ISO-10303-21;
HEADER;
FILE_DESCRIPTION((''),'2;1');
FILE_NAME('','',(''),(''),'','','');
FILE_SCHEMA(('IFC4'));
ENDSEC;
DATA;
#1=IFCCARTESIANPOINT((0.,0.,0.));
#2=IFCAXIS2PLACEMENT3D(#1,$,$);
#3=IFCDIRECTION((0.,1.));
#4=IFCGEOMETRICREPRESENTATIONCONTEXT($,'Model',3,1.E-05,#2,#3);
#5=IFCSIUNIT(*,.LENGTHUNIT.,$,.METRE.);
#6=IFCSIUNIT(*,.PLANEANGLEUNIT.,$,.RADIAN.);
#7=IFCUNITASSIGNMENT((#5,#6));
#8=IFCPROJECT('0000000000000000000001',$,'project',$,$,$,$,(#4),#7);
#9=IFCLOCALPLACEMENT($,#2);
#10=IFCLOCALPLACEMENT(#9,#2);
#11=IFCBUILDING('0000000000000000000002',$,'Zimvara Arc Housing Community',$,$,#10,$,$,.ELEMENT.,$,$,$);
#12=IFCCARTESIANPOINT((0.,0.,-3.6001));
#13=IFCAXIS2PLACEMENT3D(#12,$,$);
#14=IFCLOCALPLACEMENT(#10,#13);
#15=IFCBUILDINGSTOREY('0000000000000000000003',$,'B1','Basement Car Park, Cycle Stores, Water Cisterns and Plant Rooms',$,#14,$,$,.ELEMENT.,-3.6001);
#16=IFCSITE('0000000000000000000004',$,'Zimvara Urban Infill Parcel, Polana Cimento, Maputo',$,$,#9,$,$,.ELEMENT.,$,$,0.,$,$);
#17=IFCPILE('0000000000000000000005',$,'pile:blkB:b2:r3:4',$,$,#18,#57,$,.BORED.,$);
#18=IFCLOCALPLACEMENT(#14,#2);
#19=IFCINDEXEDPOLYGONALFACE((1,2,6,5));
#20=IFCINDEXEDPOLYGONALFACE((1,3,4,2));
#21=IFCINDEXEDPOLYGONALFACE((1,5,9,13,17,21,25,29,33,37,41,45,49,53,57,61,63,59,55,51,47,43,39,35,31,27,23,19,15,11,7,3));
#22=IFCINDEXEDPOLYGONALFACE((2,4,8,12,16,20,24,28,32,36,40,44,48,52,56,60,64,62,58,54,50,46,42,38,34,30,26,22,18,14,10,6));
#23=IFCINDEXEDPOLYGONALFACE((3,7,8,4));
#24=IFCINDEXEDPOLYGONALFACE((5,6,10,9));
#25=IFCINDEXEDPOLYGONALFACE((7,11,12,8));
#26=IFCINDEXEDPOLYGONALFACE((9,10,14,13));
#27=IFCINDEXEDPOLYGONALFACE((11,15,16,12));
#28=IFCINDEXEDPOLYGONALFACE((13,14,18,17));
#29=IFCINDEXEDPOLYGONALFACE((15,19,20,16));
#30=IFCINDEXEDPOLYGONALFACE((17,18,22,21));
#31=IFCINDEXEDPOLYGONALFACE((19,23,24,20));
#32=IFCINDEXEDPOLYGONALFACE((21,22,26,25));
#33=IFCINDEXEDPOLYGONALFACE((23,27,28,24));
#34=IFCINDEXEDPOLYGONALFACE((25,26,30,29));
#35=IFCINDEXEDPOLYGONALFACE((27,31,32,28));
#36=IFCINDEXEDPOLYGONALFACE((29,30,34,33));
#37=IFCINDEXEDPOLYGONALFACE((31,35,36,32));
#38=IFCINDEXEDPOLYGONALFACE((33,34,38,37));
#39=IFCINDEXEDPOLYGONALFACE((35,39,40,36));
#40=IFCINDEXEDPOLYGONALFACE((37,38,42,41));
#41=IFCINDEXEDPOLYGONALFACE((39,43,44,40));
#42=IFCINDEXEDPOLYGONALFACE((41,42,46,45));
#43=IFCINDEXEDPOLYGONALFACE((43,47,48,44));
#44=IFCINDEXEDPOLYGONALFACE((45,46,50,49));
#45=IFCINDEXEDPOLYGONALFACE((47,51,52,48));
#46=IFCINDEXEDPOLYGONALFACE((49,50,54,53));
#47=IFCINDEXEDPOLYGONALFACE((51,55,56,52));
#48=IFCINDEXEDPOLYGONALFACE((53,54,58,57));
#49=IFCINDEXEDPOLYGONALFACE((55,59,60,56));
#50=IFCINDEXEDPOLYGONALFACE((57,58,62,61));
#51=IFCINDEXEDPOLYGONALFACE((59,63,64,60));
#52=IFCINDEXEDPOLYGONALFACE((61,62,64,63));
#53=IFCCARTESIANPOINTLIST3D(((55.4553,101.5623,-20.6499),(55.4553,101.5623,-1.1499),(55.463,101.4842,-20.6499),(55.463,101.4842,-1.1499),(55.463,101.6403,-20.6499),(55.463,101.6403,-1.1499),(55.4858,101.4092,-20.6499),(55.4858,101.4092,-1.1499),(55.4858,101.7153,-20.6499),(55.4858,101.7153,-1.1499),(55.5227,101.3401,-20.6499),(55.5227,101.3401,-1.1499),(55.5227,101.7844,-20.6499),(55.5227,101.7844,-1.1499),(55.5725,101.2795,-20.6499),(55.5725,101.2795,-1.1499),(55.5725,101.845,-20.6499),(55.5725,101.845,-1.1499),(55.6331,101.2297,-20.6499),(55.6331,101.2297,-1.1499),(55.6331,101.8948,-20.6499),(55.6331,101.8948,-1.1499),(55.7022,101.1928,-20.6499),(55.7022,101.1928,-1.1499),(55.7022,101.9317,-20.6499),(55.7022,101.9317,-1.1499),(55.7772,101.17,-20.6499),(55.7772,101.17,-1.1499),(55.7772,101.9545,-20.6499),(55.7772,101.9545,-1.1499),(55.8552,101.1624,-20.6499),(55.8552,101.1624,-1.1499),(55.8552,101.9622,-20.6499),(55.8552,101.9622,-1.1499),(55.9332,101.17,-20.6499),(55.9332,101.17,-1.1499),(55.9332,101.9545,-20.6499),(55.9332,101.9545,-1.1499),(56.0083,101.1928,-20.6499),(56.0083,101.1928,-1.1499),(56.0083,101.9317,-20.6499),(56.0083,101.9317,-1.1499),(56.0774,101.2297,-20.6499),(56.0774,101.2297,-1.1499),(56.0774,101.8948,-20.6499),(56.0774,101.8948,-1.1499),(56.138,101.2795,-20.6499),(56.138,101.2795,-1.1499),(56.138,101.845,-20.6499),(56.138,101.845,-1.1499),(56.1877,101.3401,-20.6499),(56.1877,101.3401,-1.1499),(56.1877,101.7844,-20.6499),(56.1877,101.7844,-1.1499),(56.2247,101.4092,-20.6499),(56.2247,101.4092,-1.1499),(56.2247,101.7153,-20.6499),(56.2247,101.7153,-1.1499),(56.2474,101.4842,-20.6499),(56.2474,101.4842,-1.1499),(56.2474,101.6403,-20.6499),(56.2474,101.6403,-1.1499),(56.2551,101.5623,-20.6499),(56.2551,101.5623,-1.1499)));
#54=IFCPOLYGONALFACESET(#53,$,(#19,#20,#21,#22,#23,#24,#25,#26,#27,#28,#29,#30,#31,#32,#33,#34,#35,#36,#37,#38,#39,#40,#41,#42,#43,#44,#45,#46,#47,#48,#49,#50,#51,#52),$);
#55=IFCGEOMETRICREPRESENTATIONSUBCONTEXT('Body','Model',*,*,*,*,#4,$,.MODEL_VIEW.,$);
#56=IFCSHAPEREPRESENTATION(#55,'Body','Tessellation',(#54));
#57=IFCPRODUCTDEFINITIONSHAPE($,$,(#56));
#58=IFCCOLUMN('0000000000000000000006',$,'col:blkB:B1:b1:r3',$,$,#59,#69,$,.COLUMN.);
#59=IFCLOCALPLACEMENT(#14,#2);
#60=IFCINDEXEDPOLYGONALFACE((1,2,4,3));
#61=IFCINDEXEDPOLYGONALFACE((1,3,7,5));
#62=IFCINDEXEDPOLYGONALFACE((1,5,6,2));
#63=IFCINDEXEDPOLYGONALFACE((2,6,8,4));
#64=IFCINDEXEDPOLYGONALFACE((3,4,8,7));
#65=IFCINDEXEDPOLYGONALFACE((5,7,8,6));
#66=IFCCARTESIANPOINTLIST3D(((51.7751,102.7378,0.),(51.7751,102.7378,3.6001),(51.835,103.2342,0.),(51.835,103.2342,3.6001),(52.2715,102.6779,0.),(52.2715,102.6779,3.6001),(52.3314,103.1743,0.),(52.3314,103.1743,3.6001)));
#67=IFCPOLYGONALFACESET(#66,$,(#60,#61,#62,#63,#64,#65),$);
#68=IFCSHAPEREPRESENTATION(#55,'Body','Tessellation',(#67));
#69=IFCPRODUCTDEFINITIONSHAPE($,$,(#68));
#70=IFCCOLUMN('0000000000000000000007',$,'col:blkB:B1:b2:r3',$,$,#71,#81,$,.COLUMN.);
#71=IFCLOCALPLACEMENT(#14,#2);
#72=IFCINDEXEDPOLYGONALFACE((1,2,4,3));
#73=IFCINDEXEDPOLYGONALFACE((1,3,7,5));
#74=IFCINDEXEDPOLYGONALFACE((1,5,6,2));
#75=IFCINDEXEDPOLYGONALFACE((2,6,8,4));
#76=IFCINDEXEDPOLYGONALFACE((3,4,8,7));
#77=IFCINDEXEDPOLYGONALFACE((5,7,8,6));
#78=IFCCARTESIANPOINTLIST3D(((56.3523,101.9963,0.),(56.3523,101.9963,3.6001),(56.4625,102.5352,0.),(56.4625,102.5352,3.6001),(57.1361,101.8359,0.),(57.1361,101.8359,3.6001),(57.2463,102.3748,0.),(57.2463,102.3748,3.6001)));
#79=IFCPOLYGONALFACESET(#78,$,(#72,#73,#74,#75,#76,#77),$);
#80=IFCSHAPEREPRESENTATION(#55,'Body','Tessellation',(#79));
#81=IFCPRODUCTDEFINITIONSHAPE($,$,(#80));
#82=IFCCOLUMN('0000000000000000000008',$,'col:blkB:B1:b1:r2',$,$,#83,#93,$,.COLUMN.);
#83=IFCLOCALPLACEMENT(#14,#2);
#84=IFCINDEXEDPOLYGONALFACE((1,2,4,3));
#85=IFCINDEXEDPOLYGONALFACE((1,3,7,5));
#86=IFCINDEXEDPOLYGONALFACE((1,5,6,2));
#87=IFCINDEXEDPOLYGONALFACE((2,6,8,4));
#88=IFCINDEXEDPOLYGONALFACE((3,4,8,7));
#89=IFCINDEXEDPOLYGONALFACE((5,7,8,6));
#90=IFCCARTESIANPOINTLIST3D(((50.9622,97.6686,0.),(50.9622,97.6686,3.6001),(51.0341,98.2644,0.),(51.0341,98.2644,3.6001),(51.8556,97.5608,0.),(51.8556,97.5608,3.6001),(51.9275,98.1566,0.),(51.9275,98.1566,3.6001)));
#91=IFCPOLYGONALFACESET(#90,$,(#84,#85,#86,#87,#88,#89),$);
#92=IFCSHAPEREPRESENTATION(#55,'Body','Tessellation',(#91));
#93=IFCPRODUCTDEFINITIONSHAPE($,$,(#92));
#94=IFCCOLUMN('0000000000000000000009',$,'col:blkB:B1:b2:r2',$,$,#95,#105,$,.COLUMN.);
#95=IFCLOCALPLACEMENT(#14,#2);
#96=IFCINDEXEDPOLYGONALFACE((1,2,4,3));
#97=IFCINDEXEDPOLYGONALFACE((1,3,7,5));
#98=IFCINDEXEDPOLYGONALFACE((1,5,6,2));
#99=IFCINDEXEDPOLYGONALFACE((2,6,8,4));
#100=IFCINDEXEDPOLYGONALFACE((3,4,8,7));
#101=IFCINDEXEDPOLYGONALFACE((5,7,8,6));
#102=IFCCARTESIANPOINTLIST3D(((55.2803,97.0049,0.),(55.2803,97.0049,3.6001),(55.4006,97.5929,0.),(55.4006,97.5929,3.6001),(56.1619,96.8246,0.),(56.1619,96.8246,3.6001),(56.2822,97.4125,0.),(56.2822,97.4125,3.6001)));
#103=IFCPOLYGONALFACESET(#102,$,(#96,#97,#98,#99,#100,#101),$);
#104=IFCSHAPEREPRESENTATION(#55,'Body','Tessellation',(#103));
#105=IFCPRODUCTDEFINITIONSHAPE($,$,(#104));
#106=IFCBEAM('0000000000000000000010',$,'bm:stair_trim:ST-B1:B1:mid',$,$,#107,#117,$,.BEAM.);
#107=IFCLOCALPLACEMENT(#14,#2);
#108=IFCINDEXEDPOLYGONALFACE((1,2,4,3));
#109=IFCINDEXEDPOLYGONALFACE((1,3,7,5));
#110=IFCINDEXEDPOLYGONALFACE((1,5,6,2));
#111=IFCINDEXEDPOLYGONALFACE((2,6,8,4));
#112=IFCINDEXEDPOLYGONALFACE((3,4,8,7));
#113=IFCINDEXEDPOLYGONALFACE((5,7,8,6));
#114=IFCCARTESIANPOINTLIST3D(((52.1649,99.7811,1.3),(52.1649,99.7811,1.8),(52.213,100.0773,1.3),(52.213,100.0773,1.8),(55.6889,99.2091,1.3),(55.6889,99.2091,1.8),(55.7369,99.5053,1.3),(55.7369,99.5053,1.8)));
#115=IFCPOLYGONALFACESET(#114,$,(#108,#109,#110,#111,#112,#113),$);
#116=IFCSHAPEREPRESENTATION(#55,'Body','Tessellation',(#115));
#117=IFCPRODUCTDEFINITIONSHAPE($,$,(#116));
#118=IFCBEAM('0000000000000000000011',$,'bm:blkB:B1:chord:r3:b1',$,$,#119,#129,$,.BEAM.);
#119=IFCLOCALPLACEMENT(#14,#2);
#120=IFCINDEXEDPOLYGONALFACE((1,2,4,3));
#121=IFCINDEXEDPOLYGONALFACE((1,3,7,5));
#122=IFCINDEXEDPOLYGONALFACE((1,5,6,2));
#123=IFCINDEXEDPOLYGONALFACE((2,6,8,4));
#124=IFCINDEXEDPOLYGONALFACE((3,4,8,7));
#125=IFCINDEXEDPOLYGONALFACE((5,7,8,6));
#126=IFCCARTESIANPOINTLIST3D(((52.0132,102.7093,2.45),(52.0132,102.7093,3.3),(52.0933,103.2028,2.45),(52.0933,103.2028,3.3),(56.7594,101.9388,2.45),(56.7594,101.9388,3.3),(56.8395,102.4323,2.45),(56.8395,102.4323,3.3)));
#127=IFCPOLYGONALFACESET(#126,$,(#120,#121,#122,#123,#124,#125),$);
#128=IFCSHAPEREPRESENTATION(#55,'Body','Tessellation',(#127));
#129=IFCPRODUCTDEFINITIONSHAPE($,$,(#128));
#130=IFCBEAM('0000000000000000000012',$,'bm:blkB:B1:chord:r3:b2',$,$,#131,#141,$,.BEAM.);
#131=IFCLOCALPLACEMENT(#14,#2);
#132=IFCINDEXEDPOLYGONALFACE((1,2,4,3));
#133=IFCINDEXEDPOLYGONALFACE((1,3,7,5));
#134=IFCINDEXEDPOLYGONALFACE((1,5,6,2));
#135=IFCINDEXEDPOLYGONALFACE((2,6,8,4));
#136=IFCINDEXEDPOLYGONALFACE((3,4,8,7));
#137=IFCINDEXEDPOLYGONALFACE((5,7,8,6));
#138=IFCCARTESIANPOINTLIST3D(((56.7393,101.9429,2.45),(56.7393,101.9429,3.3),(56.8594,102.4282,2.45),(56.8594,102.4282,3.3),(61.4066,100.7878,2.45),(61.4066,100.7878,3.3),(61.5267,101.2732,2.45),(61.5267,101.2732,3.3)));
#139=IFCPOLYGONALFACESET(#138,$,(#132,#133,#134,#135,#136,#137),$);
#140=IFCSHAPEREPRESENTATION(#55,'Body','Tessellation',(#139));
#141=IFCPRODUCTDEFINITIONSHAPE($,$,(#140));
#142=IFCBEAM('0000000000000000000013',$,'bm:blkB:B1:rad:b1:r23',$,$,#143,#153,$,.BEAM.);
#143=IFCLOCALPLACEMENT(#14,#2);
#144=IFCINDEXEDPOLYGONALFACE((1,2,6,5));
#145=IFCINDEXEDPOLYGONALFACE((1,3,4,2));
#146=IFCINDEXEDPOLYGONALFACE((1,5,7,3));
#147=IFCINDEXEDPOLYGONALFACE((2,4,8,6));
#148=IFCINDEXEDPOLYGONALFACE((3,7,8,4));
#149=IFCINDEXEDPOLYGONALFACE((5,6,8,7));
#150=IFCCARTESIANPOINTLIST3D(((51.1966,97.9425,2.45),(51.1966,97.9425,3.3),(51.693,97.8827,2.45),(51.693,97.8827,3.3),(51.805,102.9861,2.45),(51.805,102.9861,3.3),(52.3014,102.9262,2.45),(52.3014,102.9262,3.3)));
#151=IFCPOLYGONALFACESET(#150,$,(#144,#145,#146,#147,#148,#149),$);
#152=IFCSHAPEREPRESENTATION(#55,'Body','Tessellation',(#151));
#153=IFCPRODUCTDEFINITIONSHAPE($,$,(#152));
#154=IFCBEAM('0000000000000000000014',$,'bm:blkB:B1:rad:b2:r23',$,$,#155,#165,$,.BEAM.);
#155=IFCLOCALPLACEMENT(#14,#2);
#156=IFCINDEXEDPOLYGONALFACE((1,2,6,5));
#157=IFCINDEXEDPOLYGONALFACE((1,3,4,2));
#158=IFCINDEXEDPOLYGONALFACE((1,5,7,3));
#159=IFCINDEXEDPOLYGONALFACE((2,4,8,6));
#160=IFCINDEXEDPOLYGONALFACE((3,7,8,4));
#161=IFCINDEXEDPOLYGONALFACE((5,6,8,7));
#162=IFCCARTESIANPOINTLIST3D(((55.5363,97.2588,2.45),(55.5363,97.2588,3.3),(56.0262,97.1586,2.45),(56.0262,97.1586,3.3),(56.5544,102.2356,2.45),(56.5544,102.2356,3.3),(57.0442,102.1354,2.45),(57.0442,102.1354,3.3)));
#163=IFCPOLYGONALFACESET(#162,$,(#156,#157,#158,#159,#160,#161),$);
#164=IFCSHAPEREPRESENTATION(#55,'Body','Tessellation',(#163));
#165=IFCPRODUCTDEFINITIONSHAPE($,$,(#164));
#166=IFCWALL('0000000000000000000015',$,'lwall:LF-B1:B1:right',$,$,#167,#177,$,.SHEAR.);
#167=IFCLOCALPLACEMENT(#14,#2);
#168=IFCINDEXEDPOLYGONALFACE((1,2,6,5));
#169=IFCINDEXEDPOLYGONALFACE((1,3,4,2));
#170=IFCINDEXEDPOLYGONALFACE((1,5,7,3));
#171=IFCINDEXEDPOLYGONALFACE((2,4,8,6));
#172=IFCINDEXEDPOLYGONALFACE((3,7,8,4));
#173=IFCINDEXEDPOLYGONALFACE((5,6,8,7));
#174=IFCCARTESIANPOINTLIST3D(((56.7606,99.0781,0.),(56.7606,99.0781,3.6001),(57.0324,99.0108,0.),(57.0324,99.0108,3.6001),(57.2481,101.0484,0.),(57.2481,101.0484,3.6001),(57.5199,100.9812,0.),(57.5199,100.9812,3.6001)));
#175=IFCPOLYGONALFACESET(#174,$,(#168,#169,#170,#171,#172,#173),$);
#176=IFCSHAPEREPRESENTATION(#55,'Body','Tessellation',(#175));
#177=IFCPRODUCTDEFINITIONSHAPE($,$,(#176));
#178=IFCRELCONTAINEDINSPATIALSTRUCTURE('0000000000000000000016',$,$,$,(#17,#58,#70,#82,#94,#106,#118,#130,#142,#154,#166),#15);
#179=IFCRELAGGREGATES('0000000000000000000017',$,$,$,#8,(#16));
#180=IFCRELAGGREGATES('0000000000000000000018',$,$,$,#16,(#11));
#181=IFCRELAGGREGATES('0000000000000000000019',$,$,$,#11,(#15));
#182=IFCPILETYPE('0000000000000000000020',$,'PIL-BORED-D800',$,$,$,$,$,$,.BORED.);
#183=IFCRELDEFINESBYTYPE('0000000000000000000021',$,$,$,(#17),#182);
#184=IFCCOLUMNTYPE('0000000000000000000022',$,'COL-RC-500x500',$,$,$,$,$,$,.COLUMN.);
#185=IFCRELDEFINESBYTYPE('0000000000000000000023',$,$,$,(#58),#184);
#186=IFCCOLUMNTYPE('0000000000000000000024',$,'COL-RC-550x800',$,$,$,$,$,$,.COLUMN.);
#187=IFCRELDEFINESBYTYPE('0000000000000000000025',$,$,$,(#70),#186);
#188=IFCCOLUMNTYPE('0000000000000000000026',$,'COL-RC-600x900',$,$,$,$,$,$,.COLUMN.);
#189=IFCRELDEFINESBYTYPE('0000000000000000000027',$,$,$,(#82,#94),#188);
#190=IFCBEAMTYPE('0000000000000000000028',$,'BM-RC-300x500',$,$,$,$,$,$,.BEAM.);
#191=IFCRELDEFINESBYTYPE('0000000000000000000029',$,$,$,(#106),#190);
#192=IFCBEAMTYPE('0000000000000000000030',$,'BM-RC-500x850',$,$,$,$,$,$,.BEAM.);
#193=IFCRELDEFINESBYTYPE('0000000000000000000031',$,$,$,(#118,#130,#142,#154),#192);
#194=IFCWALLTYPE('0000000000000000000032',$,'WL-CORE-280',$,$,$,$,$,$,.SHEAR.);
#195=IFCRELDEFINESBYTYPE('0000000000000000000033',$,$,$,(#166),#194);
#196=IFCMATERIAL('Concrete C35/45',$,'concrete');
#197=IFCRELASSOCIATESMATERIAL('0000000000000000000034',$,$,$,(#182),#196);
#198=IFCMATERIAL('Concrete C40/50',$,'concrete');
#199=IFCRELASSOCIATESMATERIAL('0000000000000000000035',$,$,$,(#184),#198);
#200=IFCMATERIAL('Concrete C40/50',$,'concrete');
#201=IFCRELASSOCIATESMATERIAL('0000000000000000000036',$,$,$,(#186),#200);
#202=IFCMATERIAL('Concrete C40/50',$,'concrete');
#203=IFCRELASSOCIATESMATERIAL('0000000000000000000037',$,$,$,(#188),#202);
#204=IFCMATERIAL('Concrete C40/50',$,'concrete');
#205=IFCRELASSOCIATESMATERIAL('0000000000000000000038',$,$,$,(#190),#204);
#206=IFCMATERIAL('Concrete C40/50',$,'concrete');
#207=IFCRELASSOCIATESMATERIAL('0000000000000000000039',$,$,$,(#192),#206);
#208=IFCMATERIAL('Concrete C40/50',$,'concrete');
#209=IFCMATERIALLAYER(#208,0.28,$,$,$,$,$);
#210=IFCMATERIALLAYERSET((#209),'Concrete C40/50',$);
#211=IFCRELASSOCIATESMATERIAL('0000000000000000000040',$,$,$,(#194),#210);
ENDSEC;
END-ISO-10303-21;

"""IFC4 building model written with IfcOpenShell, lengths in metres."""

from ifc_helpers import new_model, si_unit, direction, frame, frame_2d, origin, origin_2d, place, context, subcontext, project, spatial, rectangle, circle, extrude, material, layer, layer_set, material_profile, profile_set, type_object, element, save


model = new_model("IFC4")

# Units and contexts
model_context = context("Model", 3, precision=1e-05, world=origin(), true_north=direction((0.0, 1.0)))
body_context = subcontext(model_context, "Body", "Model", "MODEL_VIEW")
ifc_project = project(units=[si_unit("LENGTHUNIT", "METRE"), si_unit("PLANEANGLEUNIT", "RADIAN")], contexts=[model_context])

# Site, building, storey
site_placement = place(None, origin())
site = spatial("IfcSite", under=ifc_project, at=site_placement, Name="Zimvara Urban Infill Parcel, Polana Cimento, Maputo", CompositionType="ELEMENT", RefElevation=0.0)
building_placement = place(site_placement, origin())
building = spatial("IfcBuilding", under=site, at=building_placement, Name="Zimvara Arc Housing Community", CompositionType="ELEMENT")
storey_placement = place(building_placement, frame((0.0, 0.0, -3.6001)))
storey = spatial("IfcBuildingStorey", under=building, at=storey_placement, Name="B1", Description="Basement Car Park, Cycle Stores, Water Cisterns and Plant Rooms", CompositionType="ELEMENT", Elevation=-3.6001)

# Pile
ifc_material_1 = material(Name="Concrete C35/45", Category="concrete")
ifc_material_profile_1 = material_profile(ifc_material_1, circle(Radius=0.3999, at=origin_2d()), Name="PILE D800")
ifc_profile_set_1 = profile_set([ifc_material_profile_1], Name="Concrete C35/45")
pile_type = type_object("IfcPileType", Name="PIL-BORED-D800", PredefinedType="BORED", material=ifc_profile_set_1)
for number, where, z_axis, x_axis, name in (
    (1, (55.8552, 101.5623, -1.1499), (0.0, 0.0, -1.0), (1.0, 0.0, 0.0), "pile:blkB:b2:r3:4"),
):
    element("IfcPile", number, at=place(storey_placement, frame(where, z_axis=z_axis, x_axis=x_axis)), inside=storey, type_object=pile_type, Name=name, PredefinedType="BORED", context=body_context, shape_type="SweptSolid", body=[
        extrude(circle(Radius=0.3999, at=origin_2d()), origin(), (0.0, 0.0, 1.0), 19.5),
    ])

# Columns
ifc_material_2 = material(Name="Concrete C40/50", Category="concrete")
ifc_material_profile_2 = material_profile(ifc_material_2, rectangle(XDim=0.5, YDim=0.5, at=origin_2d()), Name="RC 500x500")
ifc_profile_set_2 = profile_set([ifc_material_profile_2], Name="Concrete C40/50")
column_type_1 = type_object("IfcColumnType", Name="COL-RC-500x500", PredefinedType="COLUMN", material=ifc_profile_set_2)
column_1_placement = place(storey_placement, frame((52.0532, 102.9561, 0.0), z_axis=(0.0, 0.0, 1.0), x_axis=(0.11979, 0.992799, 0.0)))
element("IfcColumn", 2, at=column_1_placement, inside=storey, type_object=column_type_1, Name="col:blkB:B1:b1:r3", PredefinedType="COLUMN", context=body_context, shape_type="SweptSolid", body=[
    extrude(rectangle(XDim=0.5, YDim=0.5, at=origin_2d()), origin(), (0.0, 0.0, 1.0), 3.6001),
])
ifc_material_3 = material(Name="Concrete C40/50", Category="concrete")
ifc_material_profile_3 = material_profile(ifc_material_3, rectangle(XDim=0.55, YDim=0.8, at=origin_2d()), Name="RC 550x800")
ifc_profile_set_3 = profile_set([ifc_material_profile_3], Name="Concrete C40/50")
column_type_2 = type_object("IfcColumnType", Name="COL-RC-550x800", PredefinedType="COLUMN", material=ifc_profile_set_3)
column_2_placement = place(storey_placement, frame((56.7993, 102.1855, 0.0), z_axis=(0.0, 0.0, 1.0), x_axis=(0.200394, 0.979715, 0.0)))
element("IfcColumn", 3, at=column_2_placement, inside=storey, type_object=column_type_2, Name="col:blkB:B1:b2:r3", PredefinedType="COLUMN", context=body_context, shape_type="SweptSolid", body=[
    extrude(rectangle(XDim=0.55, YDim=0.8, at=origin_2d()), origin(), (0.0, 0.0, 1.0), 3.6001),
])
ifc_material_4 = material(Name="Concrete C40/50", Category="concrete")
ifc_material_profile_4 = material_profile(ifc_material_4, rectangle(XDim=0.6001, YDim=0.8999, at=origin_2d()), Name="RC 600x900")
ifc_profile_set_4 = profile_set([ifc_material_profile_4], Name="Concrete C40/50")
column_type_3 = type_object("IfcColumnType", Name="COL-RC-600x900", PredefinedType="COLUMN", material=ifc_profile_set_4)
for number, where, z_axis, x_axis, name in (
    (4, (51.4448, 97.9126, 0.0), (0.0, 0.0, 1.0), (0.11979, 0.992799, 0.0), "col:blkB:B1:b1:r2"),
    (5, (55.7812, 97.2087, 0.0), (0.0, 0.0, 1.0), (0.200394, 0.979715, 0.0), "col:blkB:B1:b2:r2"),
):
    element("IfcColumn", number, at=place(storey_placement, frame(where, z_axis=z_axis, x_axis=x_axis)), inside=storey, type_object=column_type_3, Name=name, PredefinedType="COLUMN", context=body_context, shape_type="SweptSolid", body=[
        extrude(rectangle(XDim=0.6001, YDim=0.8999, at=origin_2d()), origin(), (0.0, 0.0, 1.0), 3.6001),
    ])

# Beams
ifc_material_5 = material(Name="Concrete C40/50", Category="concrete")
ifc_material_profile_5 = material_profile(ifc_material_5, rectangle(XDim=0.3, YDim=0.5, at=origin_2d()), Name="RC 300x500")
ifc_profile_set_5 = profile_set([ifc_material_profile_5], Name="Concrete C40/50")
beam_type_1 = type_object("IfcBeamType", Name="BM-RC-300x500", PredefinedType="BEAM", material=ifc_profile_set_5)
beam_1_placement = place(storey_placement, frame((55.7129, 99.3572, 1.55), z_axis=(-0.98708, 0.160228, 0.0), x_axis=(-0.160228, -0.98708, 0.0)))
element("IfcBeam", 6, at=beam_1_placement, inside=storey, type_object=beam_type_1, Name="bm:stair_trim:ST-B1:B1:mid", PredefinedType="BEAM", context=body_context, shape_type="SweptSolid", body=[
    extrude(rectangle(XDim=0.3, YDim=0.5, at=origin_2d()), origin(), (0.0, 0.0, 1.0), 3.5701),
])
ifc_material_6 = material(Name="Concrete C40/50", Category="concrete")
ifc_material_profile_6 = material_profile(ifc_material_6, rectangle(XDim=0.5, YDim=0.8501, at=origin_2d()), Name="RC 500x850")
ifc_profile_set_6 = profile_set([ifc_material_profile_6], Name="Concrete C40/50")
beam_type_2 = type_object("IfcBeamType", Name="BM-RC-500x850", PredefinedType="BEAM", material=ifc_profile_set_6)
beam_2_placement = place(storey_placement, frame((52.0532, 102.9561, 2.875), z_axis=(0.987077, -0.160248, 0.0), x_axis=(0.160248, 0.987077, 0.0)))
element("IfcBeam", 7, at=beam_2_placement, inside=storey, type_object=beam_type_2, Name="bm:blkB:B1:chord:r3:b1", PredefinedType="BEAM", context=body_context, shape_type="SweptSolid", body=[
    extrude(rectangle(XDim=0.5, YDim=0.8501, at=origin_2d()), origin(), (0.0, 0.0, 1.0), 4.8083),
])
beam_3_placement = place(storey_placement, frame((56.7993, 102.1855, 2.875), z_axis=(0.970716, -0.240229, 0.0), x_axis=(0.240229, 0.970716, 0.0)))
element("IfcBeam", 8, at=beam_3_placement, inside=storey, type_object=beam_type_2, Name="bm:blkB:B1:chord:r3:b2", PredefinedType="BEAM", context=body_context, shape_type="SweptSolid", body=[
    extrude(rectangle(XDim=0.5, YDim=0.8501, at=origin_2d()), origin(), (0.0, 0.0, 1.0), 4.8081),
])
beam_4_placement = place(storey_placement, frame((51.4448, 97.9126, 2.875), z_axis=(0.119763, 0.992803, 0.0), x_axis=(-0.992803, 0.119763, 0.0)))
element("IfcBeam", 9, at=beam_4_placement, inside=storey, type_object=beam_type_2, Name="bm:blkB:B1:rad:b1:r23", PredefinedType="BEAM", context=body_context, shape_type="SweptSolid", body=[
    extrude(rectangle(XDim=0.5, YDim=0.8501, at=origin_2d()), origin(), (0.0, 0.0, 1.0), 5.0801),
])
beam_5_placement = place(storey_placement, frame((55.7812, 97.2087, 2.875), z_axis=(0.200412, 0.979712, 0.0), x_axis=(-0.979712, 0.200412, 0.0)))
element("IfcBeam", 10, at=beam_5_placement, inside=storey, type_object=beam_type_2, Name="bm:blkB:B1:rad:b2:r23", PredefinedType="BEAM", context=body_context, shape_type="SweptSolid", body=[
    extrude(rectangle(XDim=0.5, YDim=0.8501, at=origin_2d()), origin(), (0.0, 0.0, 1.0), 5.0798),
])

# Wall
ifc_material_7 = material(Name="Concrete C40/50", Category="concrete")
ifc_layer_1 = layer(ifc_material_7, 0.28)
ifc_layer_set_1 = layer_set([ifc_layer_1], Name="Concrete C40/50")
wall_type_1 = type_object("IfcWallType", Name="WL-CORE-280", PredefinedType="SHEAR", material=ifc_layer_set_1)
wall_1_placement = place(storey_placement, frame((56.8965, 99.0444, 0.0), z_axis=(0.0, 0.0, 1.0), x_axis=(0.240186, 0.970727, 0.0)))
element("IfcWall", 11, at=wall_1_placement, inside=storey, type_object=wall_type_1, Name="lwall:LF-B1:B1:right", PredefinedType="SHEAR", context=body_context, shape_type="SweptSolid", body=[
    extrude(rectangle(XDim=2.0298, YDim=0.28, at=frame_2d((1.0149, 0.0))), origin(), (0.0, 0.0, 1.0), 3.6001),
])

save(model, "model.ifc")
